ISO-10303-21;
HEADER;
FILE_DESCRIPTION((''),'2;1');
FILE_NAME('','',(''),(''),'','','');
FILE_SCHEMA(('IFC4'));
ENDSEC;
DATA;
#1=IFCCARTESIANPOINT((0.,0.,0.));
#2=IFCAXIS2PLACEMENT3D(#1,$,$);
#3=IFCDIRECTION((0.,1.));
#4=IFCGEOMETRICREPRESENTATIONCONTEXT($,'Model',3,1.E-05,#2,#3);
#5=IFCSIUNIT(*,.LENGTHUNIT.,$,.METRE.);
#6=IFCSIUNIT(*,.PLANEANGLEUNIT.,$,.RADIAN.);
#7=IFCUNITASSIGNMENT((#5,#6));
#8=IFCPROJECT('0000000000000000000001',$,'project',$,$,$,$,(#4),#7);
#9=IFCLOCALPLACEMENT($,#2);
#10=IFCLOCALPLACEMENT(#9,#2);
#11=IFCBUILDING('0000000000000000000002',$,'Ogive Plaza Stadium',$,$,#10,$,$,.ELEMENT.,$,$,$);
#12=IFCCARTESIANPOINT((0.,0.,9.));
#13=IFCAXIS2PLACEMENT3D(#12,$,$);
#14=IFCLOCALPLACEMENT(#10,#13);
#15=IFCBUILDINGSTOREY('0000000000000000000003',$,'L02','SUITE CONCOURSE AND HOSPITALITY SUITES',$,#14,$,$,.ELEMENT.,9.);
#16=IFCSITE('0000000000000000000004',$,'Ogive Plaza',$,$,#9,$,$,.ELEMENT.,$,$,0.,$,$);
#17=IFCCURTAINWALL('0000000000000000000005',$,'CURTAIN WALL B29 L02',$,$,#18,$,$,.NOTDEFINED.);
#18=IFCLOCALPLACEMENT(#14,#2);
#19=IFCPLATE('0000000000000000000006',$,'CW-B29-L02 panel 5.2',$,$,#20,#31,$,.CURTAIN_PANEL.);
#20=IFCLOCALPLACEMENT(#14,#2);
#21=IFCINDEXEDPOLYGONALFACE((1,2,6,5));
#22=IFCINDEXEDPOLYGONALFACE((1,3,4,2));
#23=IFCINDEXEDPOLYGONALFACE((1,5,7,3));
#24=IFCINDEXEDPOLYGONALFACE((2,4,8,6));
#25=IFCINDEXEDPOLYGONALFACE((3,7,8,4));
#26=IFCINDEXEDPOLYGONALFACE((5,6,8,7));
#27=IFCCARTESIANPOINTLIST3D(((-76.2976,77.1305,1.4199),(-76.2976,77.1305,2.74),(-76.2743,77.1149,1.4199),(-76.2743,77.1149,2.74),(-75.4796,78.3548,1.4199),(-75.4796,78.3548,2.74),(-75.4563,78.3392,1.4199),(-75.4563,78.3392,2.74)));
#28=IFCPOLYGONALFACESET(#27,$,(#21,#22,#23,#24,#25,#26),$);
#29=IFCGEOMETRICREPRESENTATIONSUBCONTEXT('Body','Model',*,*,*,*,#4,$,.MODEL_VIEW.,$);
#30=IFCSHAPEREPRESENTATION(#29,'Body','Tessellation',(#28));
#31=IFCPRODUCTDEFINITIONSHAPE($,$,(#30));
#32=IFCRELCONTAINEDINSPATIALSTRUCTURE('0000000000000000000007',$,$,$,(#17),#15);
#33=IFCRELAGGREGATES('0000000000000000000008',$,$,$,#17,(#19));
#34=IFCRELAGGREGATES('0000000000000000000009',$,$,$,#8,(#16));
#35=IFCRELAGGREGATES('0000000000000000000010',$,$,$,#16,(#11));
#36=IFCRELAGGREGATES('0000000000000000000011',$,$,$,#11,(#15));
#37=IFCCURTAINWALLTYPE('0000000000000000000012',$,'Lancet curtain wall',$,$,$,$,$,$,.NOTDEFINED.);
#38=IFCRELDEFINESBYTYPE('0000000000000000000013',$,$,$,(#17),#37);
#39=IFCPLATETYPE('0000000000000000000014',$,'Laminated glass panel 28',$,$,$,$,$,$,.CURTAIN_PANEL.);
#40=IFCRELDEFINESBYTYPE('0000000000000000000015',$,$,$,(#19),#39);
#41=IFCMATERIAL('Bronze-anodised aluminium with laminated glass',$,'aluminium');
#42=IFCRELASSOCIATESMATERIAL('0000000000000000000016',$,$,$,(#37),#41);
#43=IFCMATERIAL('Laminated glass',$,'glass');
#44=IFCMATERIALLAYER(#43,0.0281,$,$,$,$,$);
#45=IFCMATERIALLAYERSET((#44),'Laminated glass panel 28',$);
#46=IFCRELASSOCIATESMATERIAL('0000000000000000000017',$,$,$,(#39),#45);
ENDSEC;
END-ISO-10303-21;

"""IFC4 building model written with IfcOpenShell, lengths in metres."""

from ifc_helpers import new_model, si_unit, direction, frame, origin, origin_2d, place, context, subcontext, project, spatial, rectangle, extrude, material, layer, layer_set, type_object, element, aggregate, save


model = new_model("IFC4")

# Units and contexts
model_context = context("Model", 3, precision=1e-05, world=origin(), true_north=direction((0.0, 1.0)))
body_context = subcontext(model_context, "Body", "Model", "MODEL_VIEW")
ifc_project = project(units=[si_unit("LENGTHUNIT", "METRE"), si_unit("PLANEANGLEUNIT", "RADIAN")], contexts=[model_context])

# Site, building, storey
site_placement = place(None, origin())
site = spatial("IfcSite", under=ifc_project, at=site_placement, Name="Ogive Plaza", CompositionType="ELEMENT", RefElevation=0.0)
building_placement = place(site_placement, origin())
building = spatial("IfcBuilding", under=site, at=building_placement, Name="Ogive Plaza Stadium", CompositionType="ELEMENT")
storey_placement = place(building_placement, frame((0.0, 0.0, 9.0)))
storey = spatial("IfcBuildingStorey", under=building, at=storey_placement, Name="L02", Description="SUITE CONCOURSE AND HOSPITALITY SUITES", CompositionType="ELEMENT", Elevation=9.0)

# Curtain wall, plate
ifc_material_1 = material(Name="Bronze-anodised aluminium with laminated glass", Category="aluminium")
curtain_wall_type = type_object("IfcCurtainWallType", Name="Lancet curtain wall", PredefinedType="NOTDEFINED", material=ifc_material_1)
curtain_wall_placement = place(storey_placement, origin())
curtain_wall = element("IfcCurtainWall", 1, at=curtain_wall_placement, inside=storey, type_object=curtain_wall_type, Name="CURTAIN WALL B29 L02", PredefinedType="NOTDEFINED")
ifc_material_2 = material(Name="Laminated glass", Category="glass")
ifc_layer = layer(ifc_material_2, 0.0281)
ifc_layer_set = layer_set([ifc_layer], Name="Laminated glass panel 28")
plate_type = type_object("IfcPlateType", Name="Laminated glass panel 28", PredefinedType="CURTAIN_PANEL", material=ifc_layer_set)
plate_1_placement = place(storey_placement, frame((-75.877, 77.7349, 1.4199), z_axis=(0.0, 0.0, 1.0), x_axis=(0.55557, 0.83147, 0.0)))
plate_1 = element("IfcPlate", 2, at=plate_1_placement, type_object=plate_type, Name="CW-B29-L02 panel 5.2", PredefinedType="CURTAIN_PANEL", context=body_context, shape_type="SweptSolid", body=[
    extrude(rectangle(XDim=1.4724, YDim=0.0281, at=origin_2d()), origin(), (0.0, 0.0, 1.0), 1.3201),
])
aggregate(curtain_wall, [plate_1])

save(model, "model.ifc")
